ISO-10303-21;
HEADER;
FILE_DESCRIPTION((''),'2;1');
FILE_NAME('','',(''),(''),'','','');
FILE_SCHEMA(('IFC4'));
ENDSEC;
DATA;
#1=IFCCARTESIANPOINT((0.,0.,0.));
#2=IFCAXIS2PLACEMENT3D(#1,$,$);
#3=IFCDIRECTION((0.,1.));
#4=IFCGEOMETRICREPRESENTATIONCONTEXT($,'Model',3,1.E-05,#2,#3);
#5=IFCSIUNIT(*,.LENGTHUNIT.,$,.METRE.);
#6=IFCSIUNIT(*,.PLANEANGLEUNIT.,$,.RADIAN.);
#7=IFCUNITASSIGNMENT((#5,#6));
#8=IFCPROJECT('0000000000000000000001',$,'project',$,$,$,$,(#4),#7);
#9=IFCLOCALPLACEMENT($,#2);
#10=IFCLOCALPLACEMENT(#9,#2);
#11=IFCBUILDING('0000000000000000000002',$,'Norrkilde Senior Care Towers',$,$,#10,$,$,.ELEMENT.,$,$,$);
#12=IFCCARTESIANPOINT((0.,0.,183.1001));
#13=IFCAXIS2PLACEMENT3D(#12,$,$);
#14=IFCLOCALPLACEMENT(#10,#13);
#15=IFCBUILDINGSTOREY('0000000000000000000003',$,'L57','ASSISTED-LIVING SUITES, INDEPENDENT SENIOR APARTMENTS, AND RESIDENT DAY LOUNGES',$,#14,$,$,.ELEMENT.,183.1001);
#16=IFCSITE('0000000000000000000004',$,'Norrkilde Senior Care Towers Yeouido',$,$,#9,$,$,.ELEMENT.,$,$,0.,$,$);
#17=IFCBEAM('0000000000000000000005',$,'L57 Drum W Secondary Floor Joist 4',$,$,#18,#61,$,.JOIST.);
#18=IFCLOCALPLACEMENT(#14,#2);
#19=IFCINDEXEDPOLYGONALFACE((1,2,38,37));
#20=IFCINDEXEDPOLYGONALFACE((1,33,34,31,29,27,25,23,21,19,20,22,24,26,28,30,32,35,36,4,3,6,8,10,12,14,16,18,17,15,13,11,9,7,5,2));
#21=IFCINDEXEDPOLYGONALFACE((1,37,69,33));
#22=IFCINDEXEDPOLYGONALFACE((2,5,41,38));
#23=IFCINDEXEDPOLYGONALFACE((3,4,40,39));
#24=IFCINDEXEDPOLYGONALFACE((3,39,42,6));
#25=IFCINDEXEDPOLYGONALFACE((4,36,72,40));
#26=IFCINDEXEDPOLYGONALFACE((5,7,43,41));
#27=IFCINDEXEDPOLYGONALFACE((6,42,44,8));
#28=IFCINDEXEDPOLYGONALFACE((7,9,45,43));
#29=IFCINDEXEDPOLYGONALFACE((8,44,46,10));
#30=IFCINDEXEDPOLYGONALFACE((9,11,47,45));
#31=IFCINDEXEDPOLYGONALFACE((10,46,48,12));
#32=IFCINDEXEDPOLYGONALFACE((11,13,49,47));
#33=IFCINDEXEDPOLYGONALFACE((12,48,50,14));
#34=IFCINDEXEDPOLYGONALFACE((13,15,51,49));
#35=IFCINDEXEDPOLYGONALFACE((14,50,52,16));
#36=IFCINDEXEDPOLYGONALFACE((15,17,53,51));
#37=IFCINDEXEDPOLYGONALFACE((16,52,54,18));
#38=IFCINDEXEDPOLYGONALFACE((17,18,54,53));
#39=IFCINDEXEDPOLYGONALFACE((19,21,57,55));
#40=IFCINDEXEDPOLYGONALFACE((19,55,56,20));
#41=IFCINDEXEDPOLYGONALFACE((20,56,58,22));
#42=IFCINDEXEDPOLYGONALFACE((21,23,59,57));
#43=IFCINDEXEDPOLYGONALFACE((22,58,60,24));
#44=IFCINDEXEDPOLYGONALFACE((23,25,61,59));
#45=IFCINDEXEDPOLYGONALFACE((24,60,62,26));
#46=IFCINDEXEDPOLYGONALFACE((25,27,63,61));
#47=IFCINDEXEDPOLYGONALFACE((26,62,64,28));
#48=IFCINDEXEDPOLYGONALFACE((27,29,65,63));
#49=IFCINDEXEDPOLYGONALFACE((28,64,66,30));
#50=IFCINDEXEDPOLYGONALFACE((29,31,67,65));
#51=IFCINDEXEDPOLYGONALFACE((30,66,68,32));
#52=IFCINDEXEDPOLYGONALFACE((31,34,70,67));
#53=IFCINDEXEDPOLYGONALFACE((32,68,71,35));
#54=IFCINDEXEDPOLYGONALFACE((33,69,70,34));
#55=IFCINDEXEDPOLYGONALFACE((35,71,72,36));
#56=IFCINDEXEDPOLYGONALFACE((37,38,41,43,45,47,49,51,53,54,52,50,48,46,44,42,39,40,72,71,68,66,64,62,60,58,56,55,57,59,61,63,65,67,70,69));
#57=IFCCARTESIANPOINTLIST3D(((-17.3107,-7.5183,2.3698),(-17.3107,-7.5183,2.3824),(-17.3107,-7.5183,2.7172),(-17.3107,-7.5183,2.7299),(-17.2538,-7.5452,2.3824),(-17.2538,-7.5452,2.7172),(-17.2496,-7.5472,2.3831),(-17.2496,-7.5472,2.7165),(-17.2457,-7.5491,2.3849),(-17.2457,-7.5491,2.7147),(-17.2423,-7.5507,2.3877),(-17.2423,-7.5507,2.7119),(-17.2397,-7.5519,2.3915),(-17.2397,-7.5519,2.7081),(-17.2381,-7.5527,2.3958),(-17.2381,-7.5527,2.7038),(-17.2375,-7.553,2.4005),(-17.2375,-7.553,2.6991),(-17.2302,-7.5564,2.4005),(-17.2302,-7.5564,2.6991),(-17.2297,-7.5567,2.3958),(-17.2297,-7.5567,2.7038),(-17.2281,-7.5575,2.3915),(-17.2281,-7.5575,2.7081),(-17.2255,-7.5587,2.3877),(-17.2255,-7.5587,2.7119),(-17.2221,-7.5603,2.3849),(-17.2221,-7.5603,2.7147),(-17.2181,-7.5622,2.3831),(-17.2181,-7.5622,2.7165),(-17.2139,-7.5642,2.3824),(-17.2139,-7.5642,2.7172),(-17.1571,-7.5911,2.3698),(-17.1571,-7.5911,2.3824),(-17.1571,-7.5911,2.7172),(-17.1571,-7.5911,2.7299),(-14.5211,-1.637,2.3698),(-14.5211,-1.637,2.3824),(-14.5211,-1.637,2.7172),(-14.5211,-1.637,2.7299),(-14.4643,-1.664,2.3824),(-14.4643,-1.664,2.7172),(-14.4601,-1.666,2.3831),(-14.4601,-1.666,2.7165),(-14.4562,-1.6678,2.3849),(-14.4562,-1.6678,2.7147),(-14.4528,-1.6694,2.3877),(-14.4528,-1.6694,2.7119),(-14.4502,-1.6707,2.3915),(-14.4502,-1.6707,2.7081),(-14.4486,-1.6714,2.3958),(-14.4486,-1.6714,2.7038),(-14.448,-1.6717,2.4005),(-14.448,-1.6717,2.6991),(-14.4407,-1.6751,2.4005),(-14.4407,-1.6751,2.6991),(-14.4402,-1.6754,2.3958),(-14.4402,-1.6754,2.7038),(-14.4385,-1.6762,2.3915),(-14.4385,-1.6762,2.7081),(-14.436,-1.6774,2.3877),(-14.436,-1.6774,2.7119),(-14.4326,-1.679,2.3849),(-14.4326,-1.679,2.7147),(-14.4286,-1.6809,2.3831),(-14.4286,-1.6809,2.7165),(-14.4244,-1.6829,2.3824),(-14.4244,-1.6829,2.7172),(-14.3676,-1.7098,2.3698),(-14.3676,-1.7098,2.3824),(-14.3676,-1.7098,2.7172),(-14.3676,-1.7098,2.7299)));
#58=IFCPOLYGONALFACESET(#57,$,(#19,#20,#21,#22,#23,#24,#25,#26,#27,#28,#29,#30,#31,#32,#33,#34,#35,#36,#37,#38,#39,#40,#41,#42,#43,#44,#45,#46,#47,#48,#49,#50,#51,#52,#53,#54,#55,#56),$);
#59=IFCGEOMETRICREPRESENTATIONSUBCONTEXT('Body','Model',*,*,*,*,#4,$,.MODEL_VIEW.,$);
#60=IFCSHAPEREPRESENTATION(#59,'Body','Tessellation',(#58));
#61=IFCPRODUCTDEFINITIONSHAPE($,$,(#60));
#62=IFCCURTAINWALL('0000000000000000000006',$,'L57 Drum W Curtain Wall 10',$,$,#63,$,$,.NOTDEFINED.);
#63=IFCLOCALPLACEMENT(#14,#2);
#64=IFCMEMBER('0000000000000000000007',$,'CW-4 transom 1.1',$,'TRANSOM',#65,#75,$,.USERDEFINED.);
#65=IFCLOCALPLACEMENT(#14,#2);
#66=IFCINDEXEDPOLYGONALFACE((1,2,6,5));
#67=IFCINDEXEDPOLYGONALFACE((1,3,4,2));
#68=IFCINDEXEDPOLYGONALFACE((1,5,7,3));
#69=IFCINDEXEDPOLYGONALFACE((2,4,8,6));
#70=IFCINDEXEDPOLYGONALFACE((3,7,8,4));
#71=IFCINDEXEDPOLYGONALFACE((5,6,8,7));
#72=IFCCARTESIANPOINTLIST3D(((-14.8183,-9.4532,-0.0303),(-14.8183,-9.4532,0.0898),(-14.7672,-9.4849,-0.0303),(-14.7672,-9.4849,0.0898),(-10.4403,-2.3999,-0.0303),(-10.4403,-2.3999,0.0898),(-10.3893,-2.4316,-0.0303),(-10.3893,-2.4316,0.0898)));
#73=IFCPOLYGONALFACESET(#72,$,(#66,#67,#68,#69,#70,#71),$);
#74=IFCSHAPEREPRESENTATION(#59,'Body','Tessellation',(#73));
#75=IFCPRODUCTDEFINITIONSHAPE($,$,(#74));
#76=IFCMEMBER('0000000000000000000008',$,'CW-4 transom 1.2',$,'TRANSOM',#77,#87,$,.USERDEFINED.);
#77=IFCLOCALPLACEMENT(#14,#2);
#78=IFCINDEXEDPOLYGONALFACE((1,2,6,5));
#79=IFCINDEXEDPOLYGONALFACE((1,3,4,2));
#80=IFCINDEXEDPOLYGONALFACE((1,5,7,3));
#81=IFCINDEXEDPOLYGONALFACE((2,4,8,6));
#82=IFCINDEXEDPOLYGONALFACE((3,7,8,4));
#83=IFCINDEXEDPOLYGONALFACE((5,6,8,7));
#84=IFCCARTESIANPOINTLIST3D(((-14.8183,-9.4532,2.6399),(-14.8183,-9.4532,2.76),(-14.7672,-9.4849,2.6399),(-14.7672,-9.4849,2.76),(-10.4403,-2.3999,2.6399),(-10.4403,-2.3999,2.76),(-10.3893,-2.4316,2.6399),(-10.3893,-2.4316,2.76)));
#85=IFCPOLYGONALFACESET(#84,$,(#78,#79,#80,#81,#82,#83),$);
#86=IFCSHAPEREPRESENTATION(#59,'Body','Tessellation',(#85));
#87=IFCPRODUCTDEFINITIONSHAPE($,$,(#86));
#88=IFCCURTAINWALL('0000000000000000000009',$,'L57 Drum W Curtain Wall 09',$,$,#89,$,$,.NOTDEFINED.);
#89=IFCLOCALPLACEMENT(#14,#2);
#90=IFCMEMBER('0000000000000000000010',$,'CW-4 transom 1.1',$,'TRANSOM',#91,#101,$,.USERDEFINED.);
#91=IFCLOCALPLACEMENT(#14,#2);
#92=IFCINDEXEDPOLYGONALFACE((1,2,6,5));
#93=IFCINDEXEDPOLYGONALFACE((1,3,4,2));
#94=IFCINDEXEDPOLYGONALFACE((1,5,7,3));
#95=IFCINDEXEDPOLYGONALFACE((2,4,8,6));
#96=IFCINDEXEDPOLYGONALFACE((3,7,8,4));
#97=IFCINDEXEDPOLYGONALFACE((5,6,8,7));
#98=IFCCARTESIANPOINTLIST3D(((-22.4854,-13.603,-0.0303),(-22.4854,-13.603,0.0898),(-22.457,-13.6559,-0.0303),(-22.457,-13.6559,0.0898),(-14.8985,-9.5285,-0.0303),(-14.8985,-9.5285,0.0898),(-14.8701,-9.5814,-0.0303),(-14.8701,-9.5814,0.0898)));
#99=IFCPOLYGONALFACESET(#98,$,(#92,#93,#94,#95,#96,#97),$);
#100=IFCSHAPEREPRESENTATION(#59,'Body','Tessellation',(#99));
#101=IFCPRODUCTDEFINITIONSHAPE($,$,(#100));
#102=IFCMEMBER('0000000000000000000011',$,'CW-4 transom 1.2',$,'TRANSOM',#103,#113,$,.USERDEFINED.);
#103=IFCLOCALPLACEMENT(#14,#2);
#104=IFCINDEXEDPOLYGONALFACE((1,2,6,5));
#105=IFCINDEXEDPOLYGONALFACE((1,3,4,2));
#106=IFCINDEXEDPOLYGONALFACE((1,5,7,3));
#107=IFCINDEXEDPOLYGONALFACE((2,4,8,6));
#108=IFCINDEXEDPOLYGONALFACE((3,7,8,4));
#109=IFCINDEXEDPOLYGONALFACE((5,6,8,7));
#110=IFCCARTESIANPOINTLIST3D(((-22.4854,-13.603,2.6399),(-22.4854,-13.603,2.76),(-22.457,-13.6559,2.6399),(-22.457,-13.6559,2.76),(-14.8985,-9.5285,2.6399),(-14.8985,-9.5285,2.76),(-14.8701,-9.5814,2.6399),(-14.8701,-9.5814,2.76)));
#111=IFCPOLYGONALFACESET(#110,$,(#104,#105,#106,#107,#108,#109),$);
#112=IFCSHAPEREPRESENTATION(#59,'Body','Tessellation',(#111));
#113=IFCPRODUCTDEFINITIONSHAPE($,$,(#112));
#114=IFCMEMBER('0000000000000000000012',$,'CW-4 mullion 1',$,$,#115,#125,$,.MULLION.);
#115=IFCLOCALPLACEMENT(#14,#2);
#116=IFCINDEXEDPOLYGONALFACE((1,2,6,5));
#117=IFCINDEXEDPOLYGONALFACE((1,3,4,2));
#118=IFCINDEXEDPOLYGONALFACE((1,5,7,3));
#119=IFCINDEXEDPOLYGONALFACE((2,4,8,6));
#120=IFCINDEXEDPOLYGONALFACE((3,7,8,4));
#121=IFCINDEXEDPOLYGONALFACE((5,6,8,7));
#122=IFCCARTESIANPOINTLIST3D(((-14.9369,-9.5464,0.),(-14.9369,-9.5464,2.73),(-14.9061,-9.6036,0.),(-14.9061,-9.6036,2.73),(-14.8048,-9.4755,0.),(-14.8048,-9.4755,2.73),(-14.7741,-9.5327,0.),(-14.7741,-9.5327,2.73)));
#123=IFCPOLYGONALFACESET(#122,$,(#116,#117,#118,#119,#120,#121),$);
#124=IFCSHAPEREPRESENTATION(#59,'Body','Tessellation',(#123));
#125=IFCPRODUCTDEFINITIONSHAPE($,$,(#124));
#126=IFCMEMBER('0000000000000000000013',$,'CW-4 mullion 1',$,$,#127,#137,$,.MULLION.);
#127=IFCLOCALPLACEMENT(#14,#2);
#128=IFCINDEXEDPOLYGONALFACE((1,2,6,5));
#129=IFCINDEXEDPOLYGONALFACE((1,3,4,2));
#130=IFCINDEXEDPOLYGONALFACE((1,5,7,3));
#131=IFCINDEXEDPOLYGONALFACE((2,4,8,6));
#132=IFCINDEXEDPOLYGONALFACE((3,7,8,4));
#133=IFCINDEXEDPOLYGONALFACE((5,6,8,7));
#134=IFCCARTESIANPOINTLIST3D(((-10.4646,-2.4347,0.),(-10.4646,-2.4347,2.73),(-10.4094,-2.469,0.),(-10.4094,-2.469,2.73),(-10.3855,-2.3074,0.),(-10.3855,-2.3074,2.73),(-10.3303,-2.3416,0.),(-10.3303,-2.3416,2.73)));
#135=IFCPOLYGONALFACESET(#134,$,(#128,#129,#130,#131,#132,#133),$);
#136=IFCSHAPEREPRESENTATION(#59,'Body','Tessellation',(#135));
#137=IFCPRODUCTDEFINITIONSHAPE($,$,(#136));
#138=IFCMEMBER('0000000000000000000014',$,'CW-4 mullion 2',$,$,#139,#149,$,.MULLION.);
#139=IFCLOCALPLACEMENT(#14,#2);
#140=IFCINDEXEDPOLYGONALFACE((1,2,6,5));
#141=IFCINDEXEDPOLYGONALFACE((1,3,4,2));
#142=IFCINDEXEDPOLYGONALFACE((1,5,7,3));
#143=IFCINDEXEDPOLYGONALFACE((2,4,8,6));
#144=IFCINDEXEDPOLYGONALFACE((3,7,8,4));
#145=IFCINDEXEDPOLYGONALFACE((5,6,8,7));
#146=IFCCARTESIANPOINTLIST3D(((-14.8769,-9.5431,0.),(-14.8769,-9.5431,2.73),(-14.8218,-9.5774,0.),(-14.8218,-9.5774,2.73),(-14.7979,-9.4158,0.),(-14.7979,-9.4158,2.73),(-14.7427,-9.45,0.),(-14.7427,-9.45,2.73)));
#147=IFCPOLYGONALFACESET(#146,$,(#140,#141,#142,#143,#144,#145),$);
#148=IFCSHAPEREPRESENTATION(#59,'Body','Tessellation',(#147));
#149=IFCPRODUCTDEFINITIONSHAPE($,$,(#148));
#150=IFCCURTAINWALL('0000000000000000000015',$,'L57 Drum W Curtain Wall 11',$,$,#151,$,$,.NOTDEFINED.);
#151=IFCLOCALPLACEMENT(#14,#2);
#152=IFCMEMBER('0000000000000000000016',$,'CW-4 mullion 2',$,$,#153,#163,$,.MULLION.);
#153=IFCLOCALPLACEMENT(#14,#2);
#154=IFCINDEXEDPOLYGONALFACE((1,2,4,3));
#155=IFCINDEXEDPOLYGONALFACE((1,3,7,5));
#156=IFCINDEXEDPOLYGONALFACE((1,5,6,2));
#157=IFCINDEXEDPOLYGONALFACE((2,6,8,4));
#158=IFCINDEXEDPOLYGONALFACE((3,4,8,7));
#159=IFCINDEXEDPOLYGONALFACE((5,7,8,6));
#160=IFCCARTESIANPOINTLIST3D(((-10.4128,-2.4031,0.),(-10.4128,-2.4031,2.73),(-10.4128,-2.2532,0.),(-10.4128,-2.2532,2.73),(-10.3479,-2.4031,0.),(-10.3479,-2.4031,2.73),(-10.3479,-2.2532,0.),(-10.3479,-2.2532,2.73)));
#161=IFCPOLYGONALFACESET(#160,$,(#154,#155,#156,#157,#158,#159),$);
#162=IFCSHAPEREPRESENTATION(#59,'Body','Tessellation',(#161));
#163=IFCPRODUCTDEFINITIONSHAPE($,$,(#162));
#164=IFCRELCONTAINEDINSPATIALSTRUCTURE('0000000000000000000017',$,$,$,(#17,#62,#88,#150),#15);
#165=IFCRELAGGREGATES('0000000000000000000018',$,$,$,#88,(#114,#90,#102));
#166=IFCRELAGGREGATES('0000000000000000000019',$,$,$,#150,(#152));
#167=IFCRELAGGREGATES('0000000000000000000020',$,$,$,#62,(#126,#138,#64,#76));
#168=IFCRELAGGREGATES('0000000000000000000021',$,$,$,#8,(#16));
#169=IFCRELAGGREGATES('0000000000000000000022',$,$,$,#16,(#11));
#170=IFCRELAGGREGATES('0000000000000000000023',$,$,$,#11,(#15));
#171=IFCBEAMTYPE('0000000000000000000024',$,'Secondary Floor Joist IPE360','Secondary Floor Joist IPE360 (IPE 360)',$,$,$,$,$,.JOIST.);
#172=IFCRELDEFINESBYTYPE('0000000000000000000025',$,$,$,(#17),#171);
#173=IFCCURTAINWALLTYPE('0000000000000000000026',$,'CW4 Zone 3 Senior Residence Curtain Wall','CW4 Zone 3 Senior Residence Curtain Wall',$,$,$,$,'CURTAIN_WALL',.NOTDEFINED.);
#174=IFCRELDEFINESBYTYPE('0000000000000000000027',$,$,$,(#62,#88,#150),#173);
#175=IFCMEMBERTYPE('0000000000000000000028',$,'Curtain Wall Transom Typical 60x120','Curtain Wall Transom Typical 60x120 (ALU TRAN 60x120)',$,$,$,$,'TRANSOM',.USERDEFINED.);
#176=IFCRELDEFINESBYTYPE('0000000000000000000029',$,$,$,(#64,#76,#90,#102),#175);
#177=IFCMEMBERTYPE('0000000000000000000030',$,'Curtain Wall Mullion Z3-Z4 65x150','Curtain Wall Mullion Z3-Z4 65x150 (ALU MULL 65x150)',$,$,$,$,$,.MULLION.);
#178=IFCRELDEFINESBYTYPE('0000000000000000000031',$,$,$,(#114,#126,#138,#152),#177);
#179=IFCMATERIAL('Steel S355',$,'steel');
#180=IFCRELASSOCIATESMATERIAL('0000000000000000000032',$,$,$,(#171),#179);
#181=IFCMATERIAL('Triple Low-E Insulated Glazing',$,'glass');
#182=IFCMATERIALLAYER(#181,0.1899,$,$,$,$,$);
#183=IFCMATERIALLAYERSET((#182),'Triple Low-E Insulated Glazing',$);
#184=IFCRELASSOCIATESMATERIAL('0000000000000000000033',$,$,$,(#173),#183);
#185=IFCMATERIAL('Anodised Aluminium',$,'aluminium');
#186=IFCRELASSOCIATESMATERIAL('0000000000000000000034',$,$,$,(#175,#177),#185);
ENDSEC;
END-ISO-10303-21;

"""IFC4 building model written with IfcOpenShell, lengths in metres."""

from ifc_helpers import new_model, si_unit, direction, frame, origin, origin_2d, place, context, subcontext, project, spatial, rectangle, i_section, extrude, source, transform, mapped, material, layer, layer_set, material_profile, profile_set, type_object, type_shapes, element, aggregate, save


model = new_model("IFC4")

# Units and contexts
model_context = context("Model", 3, precision=1e-05, world=origin(), true_north=direction((0.0, 1.0)))
body_context = subcontext(model_context, "Body", "Model", "MODEL_VIEW")
ifc_project = project(units=[si_unit("LENGTHUNIT", "METRE"), si_unit("PLANEANGLEUNIT", "RADIAN")], contexts=[model_context])

# Site, building, storey
site_placement = place(None, origin())
site = spatial("IfcSite", under=ifc_project, at=site_placement, Name="Norrkilde Senior Care Towers Yeouido", CompositionType="ELEMENT", RefElevation=0.0)
building_placement = place(site_placement, origin())
building = spatial("IfcBuilding", under=site, at=building_placement, Name="Norrkilde Senior Care Towers", CompositionType="ELEMENT")
storey_placement = place(building_placement, frame((0.0, 0.0, 183.1001)))
storey = spatial("IfcBuildingStorey", under=building, at=storey_placement, Name="L57", Description="ASSISTED-LIVING SUITES, INDEPENDENT SENIOR APARTMENTS, AND RESIDENT DAY LOUNGES", CompositionType="ELEMENT", Elevation=183.1001)

# Beam
ifc_material_1 = material(Name="Steel S355", Category="steel")
ifc_material_profile_1 = material_profile(ifc_material_1, i_section(OverallWidth=0.1699, OverallDepth=0.3601, WebThickness=0.0081, FlangeThickness=0.0127, FilletRadius=0.0181, at=origin_2d()), Name="IPE 360")
ifc_profile_set_1 = profile_set([ifc_material_profile_1], Name="Steel S355")
beam_type_1 = type_object("IfcBeamType", Name="Secondary Floor Joist IPE360", Description="Secondary Floor Joist IPE360 (IPE 360)", PredefinedType="JOIST", material=ifc_profile_set_1)
shared_shape_1 = source(origin(), body_context, "Body", "SweptSolid", [
    extrude(i_section(OverallWidth=0.1699, OverallDepth=0.3601, WebThickness=0.0081, FlangeThickness=0.0127, FilletRadius=0.0181, at=origin_2d()), origin(), (0.0, 0.0, 1.0), 6.5093),
])
type_shapes(beam_type_1, [shared_shape_1])
beam_1_placement = place(storey_placement, frame((-17.2339, -7.5547, 2.5498), z_axis=(0.428544, 0.903521, 0.0), x_axis=(-0.903521, 0.428544, 0.0)))
element("IfcBeam", 1, at=beam_1_placement, inside=storey, type_object=beam_type_1, Name="L57 Drum W Secondary Floor Joist 4", PredefinedType="JOIST", context=body_context, shape_type="MappedRepresentation", body=[
    mapped(shared_shape_1, transform((0.0, 0.0, 0.0), x_axis=(1.0, 0.0, 0.0), y_axis=(0.0, 1.0, 0.0), z_axis=(0.0, 0.0, 1.0), scale=1.0)),
])

# Curtain walls, members
ifc_material_2 = material(Name="Triple Low-E Insulated Glazing", Category="glass")
ifc_layer_1 = layer(ifc_material_2, 0.1899)
ifc_layer_set_1 = layer_set([ifc_layer_1], Name="Triple Low-E Insulated Glazing")
curtain_wall_type = type_object("IfcCurtainWallType", Name="CW4 Zone 3 Senior Residence Curtain Wall", Description="CW4 Zone 3 Senior Residence Curtain Wall", ElementType="CURTAIN_WALL", PredefinedType="NOTDEFINED", material=ifc_layer_set_1)
curtain_wall_1_placement = place(storey_placement, origin())
curtain_wall_1 = element("IfcCurtainWall", 2, at=curtain_wall_1_placement, inside=storey, type_object=curtain_wall_type, Name="L57 Drum W Curtain Wall 10", PredefinedType="NOTDEFINED")
ifc_material_3 = material(Name="Anodised Aluminium", Category="aluminium")
ifc_material_profile_2 = material_profile(ifc_material_3, rectangle(XDim=0.0601, YDim=0.1201, at=origin_2d()), Name="ALU TRAN 60x120")
ifc_profile_set_2 = profile_set([ifc_material_profile_2], Name="Anodised Aluminium")
member_type_1 = type_object("IfcMemberType", Name="Curtain Wall Transom Typical 60x120", Description="Curtain Wall Transom Typical 60x120 (ALU TRAN 60x120)", ElementType="TRANSOM", PredefinedType="USERDEFINED", material=ifc_profile_set_2)
shared_shape_2 = source(origin(), body_context, "Body", "SweptSolid", [
    extrude(rectangle(XDim=0.0601, YDim=0.1201, at=origin_2d()), origin(), (0.0, 0.0, 1.0), 8.3015),
])
member_1_placement = place(storey_placement, frame((-10.4148, -2.4158, 0.0298), z_axis=(-0.527369, -0.849637, 0.0), x_axis=(0.849637, -0.527369, 0.0)))
member_1 = element("IfcMember", 3, at=member_1_placement, type_object=member_type_1, Name="CW-4 transom 1.1", ObjectType="TRANSOM", PredefinedType="USERDEFINED", context=body_context, shape_type="MappedRepresentation", body=[
    mapped(shared_shape_2, transform((0.0, 0.0, 0.0), x_axis=(1.0, 0.0, 0.0), y_axis=(0.0, 1.0, 0.0), z_axis=(0.0, 0.0, 1.0), scale=1.0)),
])
member_2_placement = place(storey_placement, frame((-10.4148, -2.4158, 2.7), z_axis=(-0.527369, -0.849637, 0.0), x_axis=(0.849637, -0.527369, 0.0)))
member_2 = element("IfcMember", 4, at=member_2_placement, type_object=member_type_1, Name="CW-4 transom 1.2", ObjectType="TRANSOM", PredefinedType="USERDEFINED", context=body_context, shape_type="MappedRepresentation", body=[
    mapped(shared_shape_2, transform((0.0, 0.0, 0.0), x_axis=(1.0, 0.0, 0.0), y_axis=(0.0, 1.0, 0.0), z_axis=(0.0, 0.0, 1.0), scale=1.0)),
])
curtain_wall_2_placement = place(storey_placement, origin())
curtain_wall_2 = element("IfcCurtainWall", 5, at=curtain_wall_2_placement, inside=storey, type_object=curtain_wall_type, Name="L57 Drum W Curtain Wall 09", PredefinedType="NOTDEFINED")
shared_shape_3 = source(origin(), body_context, "Body", "SweptSolid", [
    extrude(rectangle(XDim=0.0601, YDim=0.1201, at=origin_2d()), origin(), (0.0, 0.0, 1.0), 8.6118),
])
type_shapes(member_type_1, [shared_shape_2, shared_shape_3])
member_3_placement = place(storey_placement, frame((-14.8843, -9.5549, 0.0298), z_axis=(-0.880994, -0.473127, 0.0), x_axis=(0.473127, -0.880994, 0.0)))
member_3 = element("IfcMember", 6, at=member_3_placement, type_object=member_type_1, Name="CW-4 transom 1.1", ObjectType="TRANSOM", PredefinedType="USERDEFINED", context=body_context, shape_type="MappedRepresentation", body=[
    mapped(shared_shape_3, transform((0.0, 0.0, 0.0), x_axis=(1.0, 0.0, 0.0), y_axis=(0.0, 1.0, 0.0), z_axis=(0.0, 0.0, 1.0), scale=1.0)),
])
member_4_placement = place(storey_placement, frame((-14.8843, -9.5549, 2.7), z_axis=(-0.880994, -0.473127, 0.0), x_axis=(0.473127, -0.880994, 0.0)))
member_4 = element("IfcMember", 7, at=member_4_placement, type_object=member_type_1, Name="CW-4 transom 1.2", ObjectType="TRANSOM", PredefinedType="USERDEFINED", context=body_context, shape_type="MappedRepresentation", body=[
    mapped(shared_shape_3, transform((0.0, 0.0, 0.0), x_axis=(1.0, 0.0, 0.0), y_axis=(0.0, 1.0, 0.0), z_axis=(0.0, 0.0, 1.0), scale=1.0)),
])
ifc_material_profile_3 = material_profile(ifc_material_3, rectangle(XDim=0.0649, YDim=0.1499, at=origin_2d()), Name="ALU MULL 65x150")
ifc_profile_set_3 = profile_set([ifc_material_profile_3], Name="Anodised Aluminium")
member_type_2 = type_object("IfcMemberType", Name="Curtain Wall Mullion Z3-Z4 65x150", Description="Curtain Wall Mullion Z3-Z4 65x150 (ALU MULL 65x150)", PredefinedType="MULLION", material=ifc_profile_set_3)
shared_shape_4 = source(origin(), body_context, "Body", "SweptSolid", [
    extrude(rectangle(XDim=0.0649, YDim=0.1499, at=origin_2d()), origin(), (0.0, 0.0, 1.0), 2.73),
])
type_shapes(member_type_2, [shared_shape_4])
member_5_placement = place(storey_placement, frame((-14.8555, -9.5396, 0.0), z_axis=(0.0, 0.0, 1.0), x_axis=(0.473117, -0.881, 0.0)))
member_5 = element("IfcMember", 8, at=member_5_placement, type_object=member_type_2, Name="CW-4 mullion 1", PredefinedType="MULLION", context=body_context, shape_type="MappedRepresentation", body=[
    mapped(shared_shape_4, transform((0.0, 0.0, 0.0), x_axis=(1.0, 0.0, 0.0), y_axis=(0.0, 1.0, 0.0), z_axis=(0.0, 0.0, 1.0), scale=1.0)),
])
aggregate(curtain_wall_2, [member_5, member_3, member_4])

# Members
member_6_placement = place(storey_placement, frame((-10.3975, -2.3882, 0.0), z_axis=(0.0, 0.0, 1.0), x_axis=(0.849634, -0.527373, 0.0)))
member_6 = element("IfcMember", 9, at=member_6_placement, type_object=member_type_2, Name="CW-4 mullion 1", PredefinedType="MULLION", context=body_context, shape_type="MappedRepresentation", body=[
    mapped(shared_shape_4, transform((0.0, 0.0, 0.0), x_axis=(1.0, 0.0, 0.0), y_axis=(0.0, 1.0, 0.0), z_axis=(0.0, 0.0, 1.0), scale=1.0)),
])
member_7_placement = place(storey_placement, frame((-14.8098, -9.4966, 0.0), z_axis=(0.0, 0.0, 1.0), x_axis=(0.849634, -0.527373, 0.0)))
member_7 = element("IfcMember", 10, at=member_7_placement, type_object=member_type_2, Name="CW-4 mullion 2", PredefinedType="MULLION", context=body_context, shape_type="MappedRepresentation", body=[
    mapped(shared_shape_4, transform((0.0, 0.0, 0.0), x_axis=(1.0, 0.0, 0.0), y_axis=(0.0, 1.0, 0.0), z_axis=(0.0, 0.0, 1.0), scale=1.0)),
])

# Curtain wall, member
curtain_wall_3_placement = place(storey_placement, origin())
curtain_wall_3 = element("IfcCurtainWall", 11, at=curtain_wall_3_placement, inside=storey, type_object=curtain_wall_type, Name="L57 Drum W Curtain Wall 11", PredefinedType="NOTDEFINED")
member_8_placement = place(storey_placement, frame((-10.3804, -2.3281, 0.0), z_axis=(0.0, 0.0, 1.0), x_axis=(1.0, 0.0, 0.0)))
member_8 = element("IfcMember", 12, at=member_8_placement, type_object=member_type_2, Name="CW-4 mullion 2", PredefinedType="MULLION", context=body_context, shape_type="MappedRepresentation", body=[
    mapped(shared_shape_4, transform((0.0, 0.0, 0.0), x_axis=(1.0, 0.0, 0.0), y_axis=(0.0, 1.0, 0.0), z_axis=(0.0, 0.0, 1.0), scale=1.0)),
])
aggregate(curtain_wall_3, [member_8])

aggregate(curtain_wall_1, [member_6, member_7, member_1, member_2])

save(model, "model.ifc")
